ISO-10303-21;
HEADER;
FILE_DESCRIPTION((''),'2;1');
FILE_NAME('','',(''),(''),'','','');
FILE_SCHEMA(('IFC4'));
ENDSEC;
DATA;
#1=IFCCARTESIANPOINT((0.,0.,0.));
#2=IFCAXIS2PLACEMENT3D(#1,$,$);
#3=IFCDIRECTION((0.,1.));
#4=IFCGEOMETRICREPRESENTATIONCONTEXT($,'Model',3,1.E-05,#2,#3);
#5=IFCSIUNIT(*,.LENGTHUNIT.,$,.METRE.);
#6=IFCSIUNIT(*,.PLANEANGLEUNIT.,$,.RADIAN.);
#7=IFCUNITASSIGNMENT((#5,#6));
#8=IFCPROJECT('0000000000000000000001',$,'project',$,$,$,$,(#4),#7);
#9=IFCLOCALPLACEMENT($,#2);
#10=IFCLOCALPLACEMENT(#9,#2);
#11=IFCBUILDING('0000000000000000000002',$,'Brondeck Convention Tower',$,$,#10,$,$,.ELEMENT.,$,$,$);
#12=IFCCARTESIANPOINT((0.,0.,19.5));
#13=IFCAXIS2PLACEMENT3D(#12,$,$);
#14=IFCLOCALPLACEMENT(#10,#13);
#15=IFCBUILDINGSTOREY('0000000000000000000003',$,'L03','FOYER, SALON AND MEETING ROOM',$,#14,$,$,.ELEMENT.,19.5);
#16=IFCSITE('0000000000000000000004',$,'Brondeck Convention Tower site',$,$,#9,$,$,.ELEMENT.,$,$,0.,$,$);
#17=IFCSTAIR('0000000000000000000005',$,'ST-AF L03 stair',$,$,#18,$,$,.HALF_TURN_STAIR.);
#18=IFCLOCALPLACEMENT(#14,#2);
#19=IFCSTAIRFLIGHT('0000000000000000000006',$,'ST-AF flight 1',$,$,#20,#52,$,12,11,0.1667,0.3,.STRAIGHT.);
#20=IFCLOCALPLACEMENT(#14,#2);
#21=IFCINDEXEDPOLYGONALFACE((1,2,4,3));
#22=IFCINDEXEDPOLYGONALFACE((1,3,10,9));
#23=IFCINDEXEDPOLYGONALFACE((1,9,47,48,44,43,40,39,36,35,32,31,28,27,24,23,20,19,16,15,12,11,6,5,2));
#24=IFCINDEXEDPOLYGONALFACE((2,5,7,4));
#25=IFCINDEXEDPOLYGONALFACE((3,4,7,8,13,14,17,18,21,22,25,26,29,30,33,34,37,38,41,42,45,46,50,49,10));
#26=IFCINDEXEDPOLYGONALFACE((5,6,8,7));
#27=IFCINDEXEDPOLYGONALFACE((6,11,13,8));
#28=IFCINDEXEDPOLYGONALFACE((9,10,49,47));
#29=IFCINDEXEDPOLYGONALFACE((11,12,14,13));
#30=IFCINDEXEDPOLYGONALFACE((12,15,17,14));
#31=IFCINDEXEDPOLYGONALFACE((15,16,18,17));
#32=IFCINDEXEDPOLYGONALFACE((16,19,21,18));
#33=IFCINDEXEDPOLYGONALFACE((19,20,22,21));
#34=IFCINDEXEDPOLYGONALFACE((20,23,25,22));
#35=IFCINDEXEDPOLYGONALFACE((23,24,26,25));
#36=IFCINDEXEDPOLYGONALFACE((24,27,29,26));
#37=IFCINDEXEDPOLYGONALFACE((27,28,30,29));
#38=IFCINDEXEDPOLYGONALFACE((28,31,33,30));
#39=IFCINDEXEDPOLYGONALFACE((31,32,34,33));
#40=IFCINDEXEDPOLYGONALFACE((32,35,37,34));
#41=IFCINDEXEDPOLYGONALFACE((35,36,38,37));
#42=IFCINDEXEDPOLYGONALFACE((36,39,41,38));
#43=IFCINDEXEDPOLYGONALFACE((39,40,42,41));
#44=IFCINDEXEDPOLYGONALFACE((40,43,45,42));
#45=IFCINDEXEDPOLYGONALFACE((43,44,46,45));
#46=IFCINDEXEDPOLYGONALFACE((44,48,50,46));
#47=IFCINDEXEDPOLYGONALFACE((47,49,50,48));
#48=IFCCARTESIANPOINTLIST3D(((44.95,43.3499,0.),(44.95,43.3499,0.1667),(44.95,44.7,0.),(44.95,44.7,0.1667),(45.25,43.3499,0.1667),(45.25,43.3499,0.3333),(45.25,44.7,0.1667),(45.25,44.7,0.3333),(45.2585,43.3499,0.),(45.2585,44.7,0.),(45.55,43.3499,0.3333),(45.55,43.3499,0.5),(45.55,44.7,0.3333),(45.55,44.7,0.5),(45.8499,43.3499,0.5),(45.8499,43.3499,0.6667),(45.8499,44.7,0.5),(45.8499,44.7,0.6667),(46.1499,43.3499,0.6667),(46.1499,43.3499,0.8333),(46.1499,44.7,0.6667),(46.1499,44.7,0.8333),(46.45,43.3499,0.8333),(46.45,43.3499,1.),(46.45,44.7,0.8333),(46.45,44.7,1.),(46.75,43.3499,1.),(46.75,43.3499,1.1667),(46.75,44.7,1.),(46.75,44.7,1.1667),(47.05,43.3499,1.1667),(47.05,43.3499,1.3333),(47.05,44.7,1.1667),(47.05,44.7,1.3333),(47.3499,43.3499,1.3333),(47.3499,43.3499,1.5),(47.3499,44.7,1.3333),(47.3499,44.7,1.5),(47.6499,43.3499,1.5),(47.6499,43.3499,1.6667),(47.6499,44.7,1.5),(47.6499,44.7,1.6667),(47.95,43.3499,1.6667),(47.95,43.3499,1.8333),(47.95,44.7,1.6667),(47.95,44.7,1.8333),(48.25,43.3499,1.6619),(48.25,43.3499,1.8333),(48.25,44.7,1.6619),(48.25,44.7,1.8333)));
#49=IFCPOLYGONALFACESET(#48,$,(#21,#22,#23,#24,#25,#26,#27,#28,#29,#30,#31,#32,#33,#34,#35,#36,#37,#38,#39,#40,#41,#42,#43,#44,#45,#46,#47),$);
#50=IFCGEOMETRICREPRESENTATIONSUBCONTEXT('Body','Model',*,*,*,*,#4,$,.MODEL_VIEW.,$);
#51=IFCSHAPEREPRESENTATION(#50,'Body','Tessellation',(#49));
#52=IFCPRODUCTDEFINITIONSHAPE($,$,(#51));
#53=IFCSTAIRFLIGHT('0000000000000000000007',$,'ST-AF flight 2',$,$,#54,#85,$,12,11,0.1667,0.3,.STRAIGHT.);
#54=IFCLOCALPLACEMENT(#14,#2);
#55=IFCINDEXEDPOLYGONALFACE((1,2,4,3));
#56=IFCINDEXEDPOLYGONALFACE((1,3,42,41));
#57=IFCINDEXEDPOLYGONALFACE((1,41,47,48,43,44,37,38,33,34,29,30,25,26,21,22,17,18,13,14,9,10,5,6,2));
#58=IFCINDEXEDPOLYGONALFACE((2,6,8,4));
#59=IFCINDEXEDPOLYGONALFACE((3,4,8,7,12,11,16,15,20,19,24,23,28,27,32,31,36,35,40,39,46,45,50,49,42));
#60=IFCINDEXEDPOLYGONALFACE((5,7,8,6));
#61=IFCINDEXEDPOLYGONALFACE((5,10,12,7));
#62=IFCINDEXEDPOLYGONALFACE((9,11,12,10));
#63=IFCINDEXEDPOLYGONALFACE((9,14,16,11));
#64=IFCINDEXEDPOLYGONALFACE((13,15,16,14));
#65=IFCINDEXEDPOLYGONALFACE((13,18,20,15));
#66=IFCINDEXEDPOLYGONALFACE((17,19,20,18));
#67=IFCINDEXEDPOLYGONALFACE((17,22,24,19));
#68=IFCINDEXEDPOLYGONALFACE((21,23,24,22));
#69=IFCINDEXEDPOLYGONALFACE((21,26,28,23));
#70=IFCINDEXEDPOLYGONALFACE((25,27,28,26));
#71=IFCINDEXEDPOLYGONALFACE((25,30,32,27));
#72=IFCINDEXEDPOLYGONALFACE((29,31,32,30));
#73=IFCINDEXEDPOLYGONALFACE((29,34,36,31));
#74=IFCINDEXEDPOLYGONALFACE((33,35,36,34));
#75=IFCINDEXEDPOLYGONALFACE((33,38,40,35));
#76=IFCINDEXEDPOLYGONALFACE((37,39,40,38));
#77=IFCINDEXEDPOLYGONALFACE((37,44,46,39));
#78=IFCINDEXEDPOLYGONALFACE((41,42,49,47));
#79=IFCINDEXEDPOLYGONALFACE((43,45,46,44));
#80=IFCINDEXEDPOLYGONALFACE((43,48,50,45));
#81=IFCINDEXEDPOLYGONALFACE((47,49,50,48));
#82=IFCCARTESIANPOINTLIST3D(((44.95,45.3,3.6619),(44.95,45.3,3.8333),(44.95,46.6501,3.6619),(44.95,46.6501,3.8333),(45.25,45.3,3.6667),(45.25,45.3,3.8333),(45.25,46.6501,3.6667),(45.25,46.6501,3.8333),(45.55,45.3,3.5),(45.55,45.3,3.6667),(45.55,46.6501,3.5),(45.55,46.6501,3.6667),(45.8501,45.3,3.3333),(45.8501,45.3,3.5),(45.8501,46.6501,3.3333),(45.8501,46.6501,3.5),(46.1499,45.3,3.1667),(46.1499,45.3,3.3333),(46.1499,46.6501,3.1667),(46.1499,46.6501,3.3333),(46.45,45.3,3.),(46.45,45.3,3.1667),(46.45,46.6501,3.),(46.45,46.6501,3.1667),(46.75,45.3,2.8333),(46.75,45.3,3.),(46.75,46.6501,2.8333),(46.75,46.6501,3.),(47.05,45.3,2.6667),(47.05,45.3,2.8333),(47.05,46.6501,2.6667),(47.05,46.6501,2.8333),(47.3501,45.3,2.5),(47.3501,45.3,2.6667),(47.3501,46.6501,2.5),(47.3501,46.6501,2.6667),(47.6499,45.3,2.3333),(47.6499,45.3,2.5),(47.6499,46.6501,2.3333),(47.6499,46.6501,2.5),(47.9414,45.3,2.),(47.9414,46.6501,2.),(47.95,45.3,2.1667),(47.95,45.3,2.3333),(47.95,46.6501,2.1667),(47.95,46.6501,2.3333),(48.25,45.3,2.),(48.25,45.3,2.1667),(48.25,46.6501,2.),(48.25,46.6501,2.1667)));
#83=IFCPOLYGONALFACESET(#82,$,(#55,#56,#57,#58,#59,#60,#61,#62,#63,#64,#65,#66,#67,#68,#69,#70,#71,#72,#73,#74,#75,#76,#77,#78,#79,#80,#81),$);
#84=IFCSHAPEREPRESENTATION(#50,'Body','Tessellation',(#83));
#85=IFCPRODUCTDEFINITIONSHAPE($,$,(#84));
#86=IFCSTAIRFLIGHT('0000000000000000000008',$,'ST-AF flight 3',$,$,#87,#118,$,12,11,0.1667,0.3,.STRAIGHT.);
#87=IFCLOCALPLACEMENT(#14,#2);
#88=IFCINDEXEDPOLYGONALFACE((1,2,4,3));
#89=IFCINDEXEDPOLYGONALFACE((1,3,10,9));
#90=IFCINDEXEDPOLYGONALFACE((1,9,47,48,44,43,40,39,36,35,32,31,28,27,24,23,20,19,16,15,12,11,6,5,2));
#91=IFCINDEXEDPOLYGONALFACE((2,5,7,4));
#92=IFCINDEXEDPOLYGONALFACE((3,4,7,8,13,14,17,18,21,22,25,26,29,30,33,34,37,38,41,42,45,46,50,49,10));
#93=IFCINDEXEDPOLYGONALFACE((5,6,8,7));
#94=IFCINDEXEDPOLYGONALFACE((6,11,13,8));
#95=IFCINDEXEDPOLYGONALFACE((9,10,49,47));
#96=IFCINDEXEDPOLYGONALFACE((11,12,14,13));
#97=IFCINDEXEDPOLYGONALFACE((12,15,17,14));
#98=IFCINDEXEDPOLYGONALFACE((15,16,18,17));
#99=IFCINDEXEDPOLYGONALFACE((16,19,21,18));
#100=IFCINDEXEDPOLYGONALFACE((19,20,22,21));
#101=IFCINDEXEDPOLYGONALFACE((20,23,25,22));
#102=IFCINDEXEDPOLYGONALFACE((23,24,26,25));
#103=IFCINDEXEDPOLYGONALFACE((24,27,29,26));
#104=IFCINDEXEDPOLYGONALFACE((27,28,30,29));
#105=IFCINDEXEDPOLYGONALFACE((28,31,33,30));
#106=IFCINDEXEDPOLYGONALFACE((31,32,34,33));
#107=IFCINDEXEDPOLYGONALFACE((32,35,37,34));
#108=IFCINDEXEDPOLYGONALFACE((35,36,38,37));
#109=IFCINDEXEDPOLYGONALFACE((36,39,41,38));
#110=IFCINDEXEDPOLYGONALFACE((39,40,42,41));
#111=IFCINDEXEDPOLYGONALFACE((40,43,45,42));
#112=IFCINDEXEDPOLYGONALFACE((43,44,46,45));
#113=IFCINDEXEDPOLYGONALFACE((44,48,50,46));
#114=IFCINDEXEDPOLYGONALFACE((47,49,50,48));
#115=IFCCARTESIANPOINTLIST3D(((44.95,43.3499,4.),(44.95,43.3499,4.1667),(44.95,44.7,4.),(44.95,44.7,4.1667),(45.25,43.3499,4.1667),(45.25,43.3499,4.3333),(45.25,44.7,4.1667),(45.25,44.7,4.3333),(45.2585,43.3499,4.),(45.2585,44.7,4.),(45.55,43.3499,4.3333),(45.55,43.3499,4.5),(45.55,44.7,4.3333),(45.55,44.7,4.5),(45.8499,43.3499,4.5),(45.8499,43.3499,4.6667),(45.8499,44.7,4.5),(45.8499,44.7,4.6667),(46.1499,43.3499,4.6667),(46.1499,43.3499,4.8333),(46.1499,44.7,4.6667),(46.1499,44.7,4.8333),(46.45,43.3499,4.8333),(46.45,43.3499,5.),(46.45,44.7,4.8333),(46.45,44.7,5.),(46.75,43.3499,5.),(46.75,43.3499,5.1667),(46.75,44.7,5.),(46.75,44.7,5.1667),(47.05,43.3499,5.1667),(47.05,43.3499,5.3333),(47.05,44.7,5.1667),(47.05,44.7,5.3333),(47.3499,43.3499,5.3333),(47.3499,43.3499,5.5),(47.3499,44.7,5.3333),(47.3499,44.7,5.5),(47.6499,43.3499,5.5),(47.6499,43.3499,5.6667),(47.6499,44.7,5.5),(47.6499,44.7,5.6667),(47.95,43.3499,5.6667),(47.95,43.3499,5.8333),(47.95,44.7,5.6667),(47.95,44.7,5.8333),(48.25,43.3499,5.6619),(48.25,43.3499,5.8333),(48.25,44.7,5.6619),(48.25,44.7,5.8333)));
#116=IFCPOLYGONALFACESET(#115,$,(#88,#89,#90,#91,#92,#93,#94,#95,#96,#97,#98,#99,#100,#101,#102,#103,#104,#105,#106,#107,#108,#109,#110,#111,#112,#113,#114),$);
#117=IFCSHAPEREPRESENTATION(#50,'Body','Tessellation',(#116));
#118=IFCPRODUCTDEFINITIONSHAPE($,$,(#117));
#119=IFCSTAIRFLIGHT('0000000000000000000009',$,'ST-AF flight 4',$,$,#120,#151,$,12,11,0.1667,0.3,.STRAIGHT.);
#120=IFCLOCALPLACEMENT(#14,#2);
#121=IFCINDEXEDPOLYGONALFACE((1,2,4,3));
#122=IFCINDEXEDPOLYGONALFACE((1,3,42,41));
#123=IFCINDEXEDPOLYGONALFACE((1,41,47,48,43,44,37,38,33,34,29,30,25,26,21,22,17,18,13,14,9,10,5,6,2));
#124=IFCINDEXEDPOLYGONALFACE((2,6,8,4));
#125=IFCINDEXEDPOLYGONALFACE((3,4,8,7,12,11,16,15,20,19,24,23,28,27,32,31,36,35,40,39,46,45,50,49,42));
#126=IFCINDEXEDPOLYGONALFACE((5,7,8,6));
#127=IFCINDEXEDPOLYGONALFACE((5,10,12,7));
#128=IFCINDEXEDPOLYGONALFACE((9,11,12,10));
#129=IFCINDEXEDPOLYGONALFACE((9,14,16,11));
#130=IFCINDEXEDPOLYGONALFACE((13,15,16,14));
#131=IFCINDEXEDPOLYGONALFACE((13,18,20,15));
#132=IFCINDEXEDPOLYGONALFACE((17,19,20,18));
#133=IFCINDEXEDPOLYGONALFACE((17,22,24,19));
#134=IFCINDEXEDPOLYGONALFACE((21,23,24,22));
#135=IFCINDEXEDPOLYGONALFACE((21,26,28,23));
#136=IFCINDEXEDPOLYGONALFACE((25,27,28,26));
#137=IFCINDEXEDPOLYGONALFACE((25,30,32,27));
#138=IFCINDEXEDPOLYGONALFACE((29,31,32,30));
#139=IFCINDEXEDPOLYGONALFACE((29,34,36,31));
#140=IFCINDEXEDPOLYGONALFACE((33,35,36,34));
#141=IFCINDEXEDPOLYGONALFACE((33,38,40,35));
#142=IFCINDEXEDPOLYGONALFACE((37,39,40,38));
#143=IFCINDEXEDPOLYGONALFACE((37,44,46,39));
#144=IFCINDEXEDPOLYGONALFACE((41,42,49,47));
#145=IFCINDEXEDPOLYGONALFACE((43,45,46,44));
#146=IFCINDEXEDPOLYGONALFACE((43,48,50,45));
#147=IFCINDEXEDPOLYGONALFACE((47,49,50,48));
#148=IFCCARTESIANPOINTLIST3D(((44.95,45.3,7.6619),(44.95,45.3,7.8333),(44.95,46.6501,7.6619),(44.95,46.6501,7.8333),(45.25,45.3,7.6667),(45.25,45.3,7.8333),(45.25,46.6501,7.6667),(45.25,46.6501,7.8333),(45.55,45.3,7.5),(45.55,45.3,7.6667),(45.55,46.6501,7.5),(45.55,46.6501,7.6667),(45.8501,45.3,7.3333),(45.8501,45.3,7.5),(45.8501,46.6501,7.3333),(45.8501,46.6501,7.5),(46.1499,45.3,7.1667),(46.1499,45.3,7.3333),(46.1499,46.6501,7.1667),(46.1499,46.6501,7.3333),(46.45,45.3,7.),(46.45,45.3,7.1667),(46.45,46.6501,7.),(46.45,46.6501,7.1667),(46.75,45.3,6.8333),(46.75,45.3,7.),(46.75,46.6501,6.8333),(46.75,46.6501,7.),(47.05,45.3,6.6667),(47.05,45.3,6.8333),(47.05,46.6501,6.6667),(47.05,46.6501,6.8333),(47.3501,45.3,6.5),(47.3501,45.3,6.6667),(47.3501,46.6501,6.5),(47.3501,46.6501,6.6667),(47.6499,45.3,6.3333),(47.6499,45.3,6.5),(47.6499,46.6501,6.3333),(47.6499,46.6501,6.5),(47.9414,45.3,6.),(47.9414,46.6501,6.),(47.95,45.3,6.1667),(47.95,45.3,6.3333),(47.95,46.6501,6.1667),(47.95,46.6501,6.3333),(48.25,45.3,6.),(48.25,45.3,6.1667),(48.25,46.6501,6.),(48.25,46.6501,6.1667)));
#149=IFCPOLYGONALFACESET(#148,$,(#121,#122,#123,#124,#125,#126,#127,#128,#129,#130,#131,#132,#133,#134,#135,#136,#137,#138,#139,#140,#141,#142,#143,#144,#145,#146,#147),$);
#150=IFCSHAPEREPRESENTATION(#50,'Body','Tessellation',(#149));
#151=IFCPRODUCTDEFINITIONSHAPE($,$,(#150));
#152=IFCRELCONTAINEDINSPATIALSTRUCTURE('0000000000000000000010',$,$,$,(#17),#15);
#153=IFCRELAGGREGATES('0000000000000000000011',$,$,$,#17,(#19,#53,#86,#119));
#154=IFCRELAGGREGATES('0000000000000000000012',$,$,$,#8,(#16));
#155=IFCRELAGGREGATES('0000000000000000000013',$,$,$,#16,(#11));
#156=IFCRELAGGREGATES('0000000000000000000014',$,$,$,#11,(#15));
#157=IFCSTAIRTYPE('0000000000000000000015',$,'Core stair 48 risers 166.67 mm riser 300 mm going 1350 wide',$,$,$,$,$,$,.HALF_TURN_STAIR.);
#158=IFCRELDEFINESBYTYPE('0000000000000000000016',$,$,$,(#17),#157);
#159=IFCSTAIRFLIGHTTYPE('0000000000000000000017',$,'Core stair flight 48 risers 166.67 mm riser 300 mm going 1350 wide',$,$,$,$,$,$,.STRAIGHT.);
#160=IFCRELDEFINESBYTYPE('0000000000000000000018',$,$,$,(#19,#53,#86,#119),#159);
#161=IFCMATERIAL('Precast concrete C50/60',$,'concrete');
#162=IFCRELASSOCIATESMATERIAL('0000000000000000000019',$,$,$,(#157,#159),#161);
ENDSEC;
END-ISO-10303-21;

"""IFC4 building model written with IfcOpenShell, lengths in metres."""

from ifc_helpers import new_model, si_unit, direction, frame, origin, place, context, subcontext, project, spatial, polyline, outline, extrude, material, type_object, element, aggregate, save


model = new_model("IFC4")

# Units and contexts
model_context = context("Model", 3, precision=1e-05, world=origin(), true_north=direction((0.0, 1.0)))
body_context = subcontext(model_context, "Body", "Model", "MODEL_VIEW")
ifc_project = project(units=[si_unit("LENGTHUNIT", "METRE"), si_unit("PLANEANGLEUNIT", "RADIAN")], contexts=[model_context])

# Site, building, storey
site_placement = place(None, origin())
site = spatial("IfcSite", under=ifc_project, at=site_placement, Name="Brondeck Convention Tower site", CompositionType="ELEMENT", RefElevation=0.0)
building_placement = place(site_placement, origin())
building = spatial("IfcBuilding", under=site, at=building_placement, Name="Brondeck Convention Tower", CompositionType="ELEMENT")
storey_placement = place(building_placement, frame((0.0, 0.0, 19.5)))
storey = spatial("IfcBuildingStorey", under=building, at=storey_placement, Name="L03", Description="FOYER, SALON AND MEETING ROOM", CompositionType="ELEMENT", Elevation=19.5)

# Stair, stair flights
ifc_material_1 = material(Name="Precast concrete C50/60", Category="concrete")
stair_type = type_object("IfcStairType", Name="Core stair 48 risers 166.67 mm riser 300 mm going 1350 wide", PredefinedType="HALF_TURN_STAIR", material=ifc_material_1)
stair_placement = place(storey_placement, origin())
stair = element("IfcStair", 1, at=stair_placement, inside=storey, type_object=stair_type, Name="ST-AF L03 stair", PredefinedType="HALF_TURN_STAIR")
stair_flight_type = type_object("IfcStairFlightType", Name="Core stair flight 48 risers 166.67 mm riser 300 mm going 1350 wide", PredefinedType="STRAIGHT", material=ifc_material_1)
stair_flight_1_placement = place(storey_placement, frame((44.95, 44.0249, 0.0), z_axis=(0.0, 0.0, 1.0), x_axis=(1.0, 0.0, 0.0)))
stair_flight_1 = element("IfcStairFlight", 2, at=stair_flight_1_placement, type_object=stair_flight_type, Name="ST-AF flight 1", NumberOfRisers=12, NumberOfTreads=11, PredefinedType="STRAIGHT", RiserHeight=0.1667, TreadLength=0.3, context=body_context, shape_type="SweptSolid", body=[
    extrude(outline(polyline([(0.0, 0.0), (0.0, 0.1667), (0.3, 0.1667), (0.3, 0.3333), (0.6001, 0.3333), (0.6001, 0.5), (0.8999, 0.5), (0.8999, 0.6667), (1.2, 0.6667), (1.2, 0.8333), (1.5, 0.8333), (1.5, 1.0), (1.8, 1.0), (1.8, 1.1667), (2.1001, 1.1667), (2.1001, 1.3333), (2.3999, 1.3333), (2.3999, 1.5), (2.7, 1.5), (2.7, 1.6667), (3.0, 1.6667), (3.0, 1.8333), (3.3, 1.8333), (3.3, 2.0), (3.3, 1.6619), (0.3086, 0.0), (0.0, 0.0)])), frame((0.0, 0.675, 0.0), z_axis=(0.0, -1.0, 0.0), x_axis=(1.0, 0.0, 0.0)), (0.0, 0.0, 1.0), 1.3501),
])
stair_flight_2_placement = place(storey_placement, frame((48.25, 45.9751, 2.0), z_axis=(0.0, 0.0, 1.0), x_axis=(-1.0, 0.0, 0.0)))
stair_flight_2 = element("IfcStairFlight", 3, at=stair_flight_2_placement, type_object=stair_flight_type, Name="ST-AF flight 2", NumberOfRisers=12, NumberOfTreads=11, PredefinedType="STRAIGHT", RiserHeight=0.1667, TreadLength=0.3, context=body_context, shape_type="SweptSolid", body=[
    extrude(outline(polyline([(0.0, 0.0), (0.0, 0.1667), (0.3, 0.1667), (0.3, 0.3333), (0.6001, 0.3333), (0.6001, 0.5), (0.8999, 0.5), (0.8999, 0.6667), (1.2, 0.6667), (1.2, 0.8333), (1.5, 0.8333), (1.5, 1.0), (1.8, 1.0), (1.8, 1.1667), (2.1001, 1.1667), (2.1001, 1.3333), (2.3999, 1.3333), (2.3999, 1.5), (2.7, 1.5), (2.7, 1.6667), (3.0, 1.6667), (3.0, 1.8333), (3.3, 1.8333), (3.3, 2.0), (3.3, 1.6619), (0.3086, 0.0), (0.0, 0.0)])), frame((0.0, 0.675, 0.0), z_axis=(0.0, -1.0, 0.0), x_axis=(1.0, 0.0, 0.0)), (0.0, 0.0, 1.0), 1.3501),
])
stair_flight_3_placement = place(storey_placement, frame((44.95, 44.0249, 4.0), z_axis=(0.0, 0.0, 1.0), x_axis=(1.0, 0.0, 0.0)))
stair_flight_3 = element("IfcStairFlight", 4, at=stair_flight_3_placement, type_object=stair_flight_type, Name="ST-AF flight 3", NumberOfRisers=12, NumberOfTreads=11, PredefinedType="STRAIGHT", RiserHeight=0.1667, TreadLength=0.3, context=body_context, shape_type="SweptSolid", body=[
    extrude(outline(polyline([(0.0, 0.0), (0.0, 0.1667), (0.3, 0.1667), (0.3, 0.3333), (0.6001, 0.3333), (0.6001, 0.5), (0.8999, 0.5), (0.8999, 0.6667), (1.2, 0.6667), (1.2, 0.8333), (1.5, 0.8333), (1.5, 1.0), (1.8, 1.0), (1.8, 1.1667), (2.1001, 1.1667), (2.1001, 1.3333), (2.3999, 1.3333), (2.3999, 1.5), (2.7, 1.5), (2.7, 1.6667), (3.0, 1.6667), (3.0, 1.8333), (3.3, 1.8333), (3.3, 2.0), (3.3, 1.6619), (0.3086, 0.0), (0.0, 0.0)])), frame((0.0, 0.675, 0.0), z_axis=(0.0, -1.0, 0.0), x_axis=(1.0, 0.0, 0.0)), (0.0, 0.0, 1.0), 1.3501),
])
stair_flight_4_placement = place(storey_placement, frame((48.25, 45.9751, 6.0), z_axis=(0.0, 0.0, 1.0), x_axis=(-1.0, 0.0, 0.0)))
stair_flight_4 = element("IfcStairFlight", 5, at=stair_flight_4_placement, type_object=stair_flight_type, Name="ST-AF flight 4", NumberOfRisers=12, NumberOfTreads=11, PredefinedType="STRAIGHT", RiserHeight=0.1667, TreadLength=0.3, context=body_context, shape_type="SweptSolid", body=[
    extrude(outline(polyline([(0.0, 0.0), (0.0, 0.1667), (0.3, 0.1667), (0.3, 0.3333), (0.6001, 0.3333), (0.6001, 0.5), (0.8999, 0.5), (0.8999, 0.6667), (1.2, 0.6667), (1.2, 0.8333), (1.5, 0.8333), (1.5, 1.0), (1.8, 1.0), (1.8, 1.1667), (2.1001, 1.1667), (2.1001, 1.3333), (2.3999, 1.3333), (2.3999, 1.5), (2.7, 1.5), (2.7, 1.6667), (3.0, 1.6667), (3.0, 1.8333), (3.3, 1.8333), (3.3, 2.0), (3.3, 1.6619), (0.3086, 0.0), (0.0, 0.0)])), frame((0.0, 0.675, 0.0), z_axis=(0.0, -1.0, 0.0), x_axis=(1.0, 0.0, 0.0)), (0.0, 0.0, 1.0), 1.3501),
])
aggregate(stair, [stair_flight_1, stair_flight_2, stair_flight_3, stair_flight_4])

save(model, "model.ifc")
